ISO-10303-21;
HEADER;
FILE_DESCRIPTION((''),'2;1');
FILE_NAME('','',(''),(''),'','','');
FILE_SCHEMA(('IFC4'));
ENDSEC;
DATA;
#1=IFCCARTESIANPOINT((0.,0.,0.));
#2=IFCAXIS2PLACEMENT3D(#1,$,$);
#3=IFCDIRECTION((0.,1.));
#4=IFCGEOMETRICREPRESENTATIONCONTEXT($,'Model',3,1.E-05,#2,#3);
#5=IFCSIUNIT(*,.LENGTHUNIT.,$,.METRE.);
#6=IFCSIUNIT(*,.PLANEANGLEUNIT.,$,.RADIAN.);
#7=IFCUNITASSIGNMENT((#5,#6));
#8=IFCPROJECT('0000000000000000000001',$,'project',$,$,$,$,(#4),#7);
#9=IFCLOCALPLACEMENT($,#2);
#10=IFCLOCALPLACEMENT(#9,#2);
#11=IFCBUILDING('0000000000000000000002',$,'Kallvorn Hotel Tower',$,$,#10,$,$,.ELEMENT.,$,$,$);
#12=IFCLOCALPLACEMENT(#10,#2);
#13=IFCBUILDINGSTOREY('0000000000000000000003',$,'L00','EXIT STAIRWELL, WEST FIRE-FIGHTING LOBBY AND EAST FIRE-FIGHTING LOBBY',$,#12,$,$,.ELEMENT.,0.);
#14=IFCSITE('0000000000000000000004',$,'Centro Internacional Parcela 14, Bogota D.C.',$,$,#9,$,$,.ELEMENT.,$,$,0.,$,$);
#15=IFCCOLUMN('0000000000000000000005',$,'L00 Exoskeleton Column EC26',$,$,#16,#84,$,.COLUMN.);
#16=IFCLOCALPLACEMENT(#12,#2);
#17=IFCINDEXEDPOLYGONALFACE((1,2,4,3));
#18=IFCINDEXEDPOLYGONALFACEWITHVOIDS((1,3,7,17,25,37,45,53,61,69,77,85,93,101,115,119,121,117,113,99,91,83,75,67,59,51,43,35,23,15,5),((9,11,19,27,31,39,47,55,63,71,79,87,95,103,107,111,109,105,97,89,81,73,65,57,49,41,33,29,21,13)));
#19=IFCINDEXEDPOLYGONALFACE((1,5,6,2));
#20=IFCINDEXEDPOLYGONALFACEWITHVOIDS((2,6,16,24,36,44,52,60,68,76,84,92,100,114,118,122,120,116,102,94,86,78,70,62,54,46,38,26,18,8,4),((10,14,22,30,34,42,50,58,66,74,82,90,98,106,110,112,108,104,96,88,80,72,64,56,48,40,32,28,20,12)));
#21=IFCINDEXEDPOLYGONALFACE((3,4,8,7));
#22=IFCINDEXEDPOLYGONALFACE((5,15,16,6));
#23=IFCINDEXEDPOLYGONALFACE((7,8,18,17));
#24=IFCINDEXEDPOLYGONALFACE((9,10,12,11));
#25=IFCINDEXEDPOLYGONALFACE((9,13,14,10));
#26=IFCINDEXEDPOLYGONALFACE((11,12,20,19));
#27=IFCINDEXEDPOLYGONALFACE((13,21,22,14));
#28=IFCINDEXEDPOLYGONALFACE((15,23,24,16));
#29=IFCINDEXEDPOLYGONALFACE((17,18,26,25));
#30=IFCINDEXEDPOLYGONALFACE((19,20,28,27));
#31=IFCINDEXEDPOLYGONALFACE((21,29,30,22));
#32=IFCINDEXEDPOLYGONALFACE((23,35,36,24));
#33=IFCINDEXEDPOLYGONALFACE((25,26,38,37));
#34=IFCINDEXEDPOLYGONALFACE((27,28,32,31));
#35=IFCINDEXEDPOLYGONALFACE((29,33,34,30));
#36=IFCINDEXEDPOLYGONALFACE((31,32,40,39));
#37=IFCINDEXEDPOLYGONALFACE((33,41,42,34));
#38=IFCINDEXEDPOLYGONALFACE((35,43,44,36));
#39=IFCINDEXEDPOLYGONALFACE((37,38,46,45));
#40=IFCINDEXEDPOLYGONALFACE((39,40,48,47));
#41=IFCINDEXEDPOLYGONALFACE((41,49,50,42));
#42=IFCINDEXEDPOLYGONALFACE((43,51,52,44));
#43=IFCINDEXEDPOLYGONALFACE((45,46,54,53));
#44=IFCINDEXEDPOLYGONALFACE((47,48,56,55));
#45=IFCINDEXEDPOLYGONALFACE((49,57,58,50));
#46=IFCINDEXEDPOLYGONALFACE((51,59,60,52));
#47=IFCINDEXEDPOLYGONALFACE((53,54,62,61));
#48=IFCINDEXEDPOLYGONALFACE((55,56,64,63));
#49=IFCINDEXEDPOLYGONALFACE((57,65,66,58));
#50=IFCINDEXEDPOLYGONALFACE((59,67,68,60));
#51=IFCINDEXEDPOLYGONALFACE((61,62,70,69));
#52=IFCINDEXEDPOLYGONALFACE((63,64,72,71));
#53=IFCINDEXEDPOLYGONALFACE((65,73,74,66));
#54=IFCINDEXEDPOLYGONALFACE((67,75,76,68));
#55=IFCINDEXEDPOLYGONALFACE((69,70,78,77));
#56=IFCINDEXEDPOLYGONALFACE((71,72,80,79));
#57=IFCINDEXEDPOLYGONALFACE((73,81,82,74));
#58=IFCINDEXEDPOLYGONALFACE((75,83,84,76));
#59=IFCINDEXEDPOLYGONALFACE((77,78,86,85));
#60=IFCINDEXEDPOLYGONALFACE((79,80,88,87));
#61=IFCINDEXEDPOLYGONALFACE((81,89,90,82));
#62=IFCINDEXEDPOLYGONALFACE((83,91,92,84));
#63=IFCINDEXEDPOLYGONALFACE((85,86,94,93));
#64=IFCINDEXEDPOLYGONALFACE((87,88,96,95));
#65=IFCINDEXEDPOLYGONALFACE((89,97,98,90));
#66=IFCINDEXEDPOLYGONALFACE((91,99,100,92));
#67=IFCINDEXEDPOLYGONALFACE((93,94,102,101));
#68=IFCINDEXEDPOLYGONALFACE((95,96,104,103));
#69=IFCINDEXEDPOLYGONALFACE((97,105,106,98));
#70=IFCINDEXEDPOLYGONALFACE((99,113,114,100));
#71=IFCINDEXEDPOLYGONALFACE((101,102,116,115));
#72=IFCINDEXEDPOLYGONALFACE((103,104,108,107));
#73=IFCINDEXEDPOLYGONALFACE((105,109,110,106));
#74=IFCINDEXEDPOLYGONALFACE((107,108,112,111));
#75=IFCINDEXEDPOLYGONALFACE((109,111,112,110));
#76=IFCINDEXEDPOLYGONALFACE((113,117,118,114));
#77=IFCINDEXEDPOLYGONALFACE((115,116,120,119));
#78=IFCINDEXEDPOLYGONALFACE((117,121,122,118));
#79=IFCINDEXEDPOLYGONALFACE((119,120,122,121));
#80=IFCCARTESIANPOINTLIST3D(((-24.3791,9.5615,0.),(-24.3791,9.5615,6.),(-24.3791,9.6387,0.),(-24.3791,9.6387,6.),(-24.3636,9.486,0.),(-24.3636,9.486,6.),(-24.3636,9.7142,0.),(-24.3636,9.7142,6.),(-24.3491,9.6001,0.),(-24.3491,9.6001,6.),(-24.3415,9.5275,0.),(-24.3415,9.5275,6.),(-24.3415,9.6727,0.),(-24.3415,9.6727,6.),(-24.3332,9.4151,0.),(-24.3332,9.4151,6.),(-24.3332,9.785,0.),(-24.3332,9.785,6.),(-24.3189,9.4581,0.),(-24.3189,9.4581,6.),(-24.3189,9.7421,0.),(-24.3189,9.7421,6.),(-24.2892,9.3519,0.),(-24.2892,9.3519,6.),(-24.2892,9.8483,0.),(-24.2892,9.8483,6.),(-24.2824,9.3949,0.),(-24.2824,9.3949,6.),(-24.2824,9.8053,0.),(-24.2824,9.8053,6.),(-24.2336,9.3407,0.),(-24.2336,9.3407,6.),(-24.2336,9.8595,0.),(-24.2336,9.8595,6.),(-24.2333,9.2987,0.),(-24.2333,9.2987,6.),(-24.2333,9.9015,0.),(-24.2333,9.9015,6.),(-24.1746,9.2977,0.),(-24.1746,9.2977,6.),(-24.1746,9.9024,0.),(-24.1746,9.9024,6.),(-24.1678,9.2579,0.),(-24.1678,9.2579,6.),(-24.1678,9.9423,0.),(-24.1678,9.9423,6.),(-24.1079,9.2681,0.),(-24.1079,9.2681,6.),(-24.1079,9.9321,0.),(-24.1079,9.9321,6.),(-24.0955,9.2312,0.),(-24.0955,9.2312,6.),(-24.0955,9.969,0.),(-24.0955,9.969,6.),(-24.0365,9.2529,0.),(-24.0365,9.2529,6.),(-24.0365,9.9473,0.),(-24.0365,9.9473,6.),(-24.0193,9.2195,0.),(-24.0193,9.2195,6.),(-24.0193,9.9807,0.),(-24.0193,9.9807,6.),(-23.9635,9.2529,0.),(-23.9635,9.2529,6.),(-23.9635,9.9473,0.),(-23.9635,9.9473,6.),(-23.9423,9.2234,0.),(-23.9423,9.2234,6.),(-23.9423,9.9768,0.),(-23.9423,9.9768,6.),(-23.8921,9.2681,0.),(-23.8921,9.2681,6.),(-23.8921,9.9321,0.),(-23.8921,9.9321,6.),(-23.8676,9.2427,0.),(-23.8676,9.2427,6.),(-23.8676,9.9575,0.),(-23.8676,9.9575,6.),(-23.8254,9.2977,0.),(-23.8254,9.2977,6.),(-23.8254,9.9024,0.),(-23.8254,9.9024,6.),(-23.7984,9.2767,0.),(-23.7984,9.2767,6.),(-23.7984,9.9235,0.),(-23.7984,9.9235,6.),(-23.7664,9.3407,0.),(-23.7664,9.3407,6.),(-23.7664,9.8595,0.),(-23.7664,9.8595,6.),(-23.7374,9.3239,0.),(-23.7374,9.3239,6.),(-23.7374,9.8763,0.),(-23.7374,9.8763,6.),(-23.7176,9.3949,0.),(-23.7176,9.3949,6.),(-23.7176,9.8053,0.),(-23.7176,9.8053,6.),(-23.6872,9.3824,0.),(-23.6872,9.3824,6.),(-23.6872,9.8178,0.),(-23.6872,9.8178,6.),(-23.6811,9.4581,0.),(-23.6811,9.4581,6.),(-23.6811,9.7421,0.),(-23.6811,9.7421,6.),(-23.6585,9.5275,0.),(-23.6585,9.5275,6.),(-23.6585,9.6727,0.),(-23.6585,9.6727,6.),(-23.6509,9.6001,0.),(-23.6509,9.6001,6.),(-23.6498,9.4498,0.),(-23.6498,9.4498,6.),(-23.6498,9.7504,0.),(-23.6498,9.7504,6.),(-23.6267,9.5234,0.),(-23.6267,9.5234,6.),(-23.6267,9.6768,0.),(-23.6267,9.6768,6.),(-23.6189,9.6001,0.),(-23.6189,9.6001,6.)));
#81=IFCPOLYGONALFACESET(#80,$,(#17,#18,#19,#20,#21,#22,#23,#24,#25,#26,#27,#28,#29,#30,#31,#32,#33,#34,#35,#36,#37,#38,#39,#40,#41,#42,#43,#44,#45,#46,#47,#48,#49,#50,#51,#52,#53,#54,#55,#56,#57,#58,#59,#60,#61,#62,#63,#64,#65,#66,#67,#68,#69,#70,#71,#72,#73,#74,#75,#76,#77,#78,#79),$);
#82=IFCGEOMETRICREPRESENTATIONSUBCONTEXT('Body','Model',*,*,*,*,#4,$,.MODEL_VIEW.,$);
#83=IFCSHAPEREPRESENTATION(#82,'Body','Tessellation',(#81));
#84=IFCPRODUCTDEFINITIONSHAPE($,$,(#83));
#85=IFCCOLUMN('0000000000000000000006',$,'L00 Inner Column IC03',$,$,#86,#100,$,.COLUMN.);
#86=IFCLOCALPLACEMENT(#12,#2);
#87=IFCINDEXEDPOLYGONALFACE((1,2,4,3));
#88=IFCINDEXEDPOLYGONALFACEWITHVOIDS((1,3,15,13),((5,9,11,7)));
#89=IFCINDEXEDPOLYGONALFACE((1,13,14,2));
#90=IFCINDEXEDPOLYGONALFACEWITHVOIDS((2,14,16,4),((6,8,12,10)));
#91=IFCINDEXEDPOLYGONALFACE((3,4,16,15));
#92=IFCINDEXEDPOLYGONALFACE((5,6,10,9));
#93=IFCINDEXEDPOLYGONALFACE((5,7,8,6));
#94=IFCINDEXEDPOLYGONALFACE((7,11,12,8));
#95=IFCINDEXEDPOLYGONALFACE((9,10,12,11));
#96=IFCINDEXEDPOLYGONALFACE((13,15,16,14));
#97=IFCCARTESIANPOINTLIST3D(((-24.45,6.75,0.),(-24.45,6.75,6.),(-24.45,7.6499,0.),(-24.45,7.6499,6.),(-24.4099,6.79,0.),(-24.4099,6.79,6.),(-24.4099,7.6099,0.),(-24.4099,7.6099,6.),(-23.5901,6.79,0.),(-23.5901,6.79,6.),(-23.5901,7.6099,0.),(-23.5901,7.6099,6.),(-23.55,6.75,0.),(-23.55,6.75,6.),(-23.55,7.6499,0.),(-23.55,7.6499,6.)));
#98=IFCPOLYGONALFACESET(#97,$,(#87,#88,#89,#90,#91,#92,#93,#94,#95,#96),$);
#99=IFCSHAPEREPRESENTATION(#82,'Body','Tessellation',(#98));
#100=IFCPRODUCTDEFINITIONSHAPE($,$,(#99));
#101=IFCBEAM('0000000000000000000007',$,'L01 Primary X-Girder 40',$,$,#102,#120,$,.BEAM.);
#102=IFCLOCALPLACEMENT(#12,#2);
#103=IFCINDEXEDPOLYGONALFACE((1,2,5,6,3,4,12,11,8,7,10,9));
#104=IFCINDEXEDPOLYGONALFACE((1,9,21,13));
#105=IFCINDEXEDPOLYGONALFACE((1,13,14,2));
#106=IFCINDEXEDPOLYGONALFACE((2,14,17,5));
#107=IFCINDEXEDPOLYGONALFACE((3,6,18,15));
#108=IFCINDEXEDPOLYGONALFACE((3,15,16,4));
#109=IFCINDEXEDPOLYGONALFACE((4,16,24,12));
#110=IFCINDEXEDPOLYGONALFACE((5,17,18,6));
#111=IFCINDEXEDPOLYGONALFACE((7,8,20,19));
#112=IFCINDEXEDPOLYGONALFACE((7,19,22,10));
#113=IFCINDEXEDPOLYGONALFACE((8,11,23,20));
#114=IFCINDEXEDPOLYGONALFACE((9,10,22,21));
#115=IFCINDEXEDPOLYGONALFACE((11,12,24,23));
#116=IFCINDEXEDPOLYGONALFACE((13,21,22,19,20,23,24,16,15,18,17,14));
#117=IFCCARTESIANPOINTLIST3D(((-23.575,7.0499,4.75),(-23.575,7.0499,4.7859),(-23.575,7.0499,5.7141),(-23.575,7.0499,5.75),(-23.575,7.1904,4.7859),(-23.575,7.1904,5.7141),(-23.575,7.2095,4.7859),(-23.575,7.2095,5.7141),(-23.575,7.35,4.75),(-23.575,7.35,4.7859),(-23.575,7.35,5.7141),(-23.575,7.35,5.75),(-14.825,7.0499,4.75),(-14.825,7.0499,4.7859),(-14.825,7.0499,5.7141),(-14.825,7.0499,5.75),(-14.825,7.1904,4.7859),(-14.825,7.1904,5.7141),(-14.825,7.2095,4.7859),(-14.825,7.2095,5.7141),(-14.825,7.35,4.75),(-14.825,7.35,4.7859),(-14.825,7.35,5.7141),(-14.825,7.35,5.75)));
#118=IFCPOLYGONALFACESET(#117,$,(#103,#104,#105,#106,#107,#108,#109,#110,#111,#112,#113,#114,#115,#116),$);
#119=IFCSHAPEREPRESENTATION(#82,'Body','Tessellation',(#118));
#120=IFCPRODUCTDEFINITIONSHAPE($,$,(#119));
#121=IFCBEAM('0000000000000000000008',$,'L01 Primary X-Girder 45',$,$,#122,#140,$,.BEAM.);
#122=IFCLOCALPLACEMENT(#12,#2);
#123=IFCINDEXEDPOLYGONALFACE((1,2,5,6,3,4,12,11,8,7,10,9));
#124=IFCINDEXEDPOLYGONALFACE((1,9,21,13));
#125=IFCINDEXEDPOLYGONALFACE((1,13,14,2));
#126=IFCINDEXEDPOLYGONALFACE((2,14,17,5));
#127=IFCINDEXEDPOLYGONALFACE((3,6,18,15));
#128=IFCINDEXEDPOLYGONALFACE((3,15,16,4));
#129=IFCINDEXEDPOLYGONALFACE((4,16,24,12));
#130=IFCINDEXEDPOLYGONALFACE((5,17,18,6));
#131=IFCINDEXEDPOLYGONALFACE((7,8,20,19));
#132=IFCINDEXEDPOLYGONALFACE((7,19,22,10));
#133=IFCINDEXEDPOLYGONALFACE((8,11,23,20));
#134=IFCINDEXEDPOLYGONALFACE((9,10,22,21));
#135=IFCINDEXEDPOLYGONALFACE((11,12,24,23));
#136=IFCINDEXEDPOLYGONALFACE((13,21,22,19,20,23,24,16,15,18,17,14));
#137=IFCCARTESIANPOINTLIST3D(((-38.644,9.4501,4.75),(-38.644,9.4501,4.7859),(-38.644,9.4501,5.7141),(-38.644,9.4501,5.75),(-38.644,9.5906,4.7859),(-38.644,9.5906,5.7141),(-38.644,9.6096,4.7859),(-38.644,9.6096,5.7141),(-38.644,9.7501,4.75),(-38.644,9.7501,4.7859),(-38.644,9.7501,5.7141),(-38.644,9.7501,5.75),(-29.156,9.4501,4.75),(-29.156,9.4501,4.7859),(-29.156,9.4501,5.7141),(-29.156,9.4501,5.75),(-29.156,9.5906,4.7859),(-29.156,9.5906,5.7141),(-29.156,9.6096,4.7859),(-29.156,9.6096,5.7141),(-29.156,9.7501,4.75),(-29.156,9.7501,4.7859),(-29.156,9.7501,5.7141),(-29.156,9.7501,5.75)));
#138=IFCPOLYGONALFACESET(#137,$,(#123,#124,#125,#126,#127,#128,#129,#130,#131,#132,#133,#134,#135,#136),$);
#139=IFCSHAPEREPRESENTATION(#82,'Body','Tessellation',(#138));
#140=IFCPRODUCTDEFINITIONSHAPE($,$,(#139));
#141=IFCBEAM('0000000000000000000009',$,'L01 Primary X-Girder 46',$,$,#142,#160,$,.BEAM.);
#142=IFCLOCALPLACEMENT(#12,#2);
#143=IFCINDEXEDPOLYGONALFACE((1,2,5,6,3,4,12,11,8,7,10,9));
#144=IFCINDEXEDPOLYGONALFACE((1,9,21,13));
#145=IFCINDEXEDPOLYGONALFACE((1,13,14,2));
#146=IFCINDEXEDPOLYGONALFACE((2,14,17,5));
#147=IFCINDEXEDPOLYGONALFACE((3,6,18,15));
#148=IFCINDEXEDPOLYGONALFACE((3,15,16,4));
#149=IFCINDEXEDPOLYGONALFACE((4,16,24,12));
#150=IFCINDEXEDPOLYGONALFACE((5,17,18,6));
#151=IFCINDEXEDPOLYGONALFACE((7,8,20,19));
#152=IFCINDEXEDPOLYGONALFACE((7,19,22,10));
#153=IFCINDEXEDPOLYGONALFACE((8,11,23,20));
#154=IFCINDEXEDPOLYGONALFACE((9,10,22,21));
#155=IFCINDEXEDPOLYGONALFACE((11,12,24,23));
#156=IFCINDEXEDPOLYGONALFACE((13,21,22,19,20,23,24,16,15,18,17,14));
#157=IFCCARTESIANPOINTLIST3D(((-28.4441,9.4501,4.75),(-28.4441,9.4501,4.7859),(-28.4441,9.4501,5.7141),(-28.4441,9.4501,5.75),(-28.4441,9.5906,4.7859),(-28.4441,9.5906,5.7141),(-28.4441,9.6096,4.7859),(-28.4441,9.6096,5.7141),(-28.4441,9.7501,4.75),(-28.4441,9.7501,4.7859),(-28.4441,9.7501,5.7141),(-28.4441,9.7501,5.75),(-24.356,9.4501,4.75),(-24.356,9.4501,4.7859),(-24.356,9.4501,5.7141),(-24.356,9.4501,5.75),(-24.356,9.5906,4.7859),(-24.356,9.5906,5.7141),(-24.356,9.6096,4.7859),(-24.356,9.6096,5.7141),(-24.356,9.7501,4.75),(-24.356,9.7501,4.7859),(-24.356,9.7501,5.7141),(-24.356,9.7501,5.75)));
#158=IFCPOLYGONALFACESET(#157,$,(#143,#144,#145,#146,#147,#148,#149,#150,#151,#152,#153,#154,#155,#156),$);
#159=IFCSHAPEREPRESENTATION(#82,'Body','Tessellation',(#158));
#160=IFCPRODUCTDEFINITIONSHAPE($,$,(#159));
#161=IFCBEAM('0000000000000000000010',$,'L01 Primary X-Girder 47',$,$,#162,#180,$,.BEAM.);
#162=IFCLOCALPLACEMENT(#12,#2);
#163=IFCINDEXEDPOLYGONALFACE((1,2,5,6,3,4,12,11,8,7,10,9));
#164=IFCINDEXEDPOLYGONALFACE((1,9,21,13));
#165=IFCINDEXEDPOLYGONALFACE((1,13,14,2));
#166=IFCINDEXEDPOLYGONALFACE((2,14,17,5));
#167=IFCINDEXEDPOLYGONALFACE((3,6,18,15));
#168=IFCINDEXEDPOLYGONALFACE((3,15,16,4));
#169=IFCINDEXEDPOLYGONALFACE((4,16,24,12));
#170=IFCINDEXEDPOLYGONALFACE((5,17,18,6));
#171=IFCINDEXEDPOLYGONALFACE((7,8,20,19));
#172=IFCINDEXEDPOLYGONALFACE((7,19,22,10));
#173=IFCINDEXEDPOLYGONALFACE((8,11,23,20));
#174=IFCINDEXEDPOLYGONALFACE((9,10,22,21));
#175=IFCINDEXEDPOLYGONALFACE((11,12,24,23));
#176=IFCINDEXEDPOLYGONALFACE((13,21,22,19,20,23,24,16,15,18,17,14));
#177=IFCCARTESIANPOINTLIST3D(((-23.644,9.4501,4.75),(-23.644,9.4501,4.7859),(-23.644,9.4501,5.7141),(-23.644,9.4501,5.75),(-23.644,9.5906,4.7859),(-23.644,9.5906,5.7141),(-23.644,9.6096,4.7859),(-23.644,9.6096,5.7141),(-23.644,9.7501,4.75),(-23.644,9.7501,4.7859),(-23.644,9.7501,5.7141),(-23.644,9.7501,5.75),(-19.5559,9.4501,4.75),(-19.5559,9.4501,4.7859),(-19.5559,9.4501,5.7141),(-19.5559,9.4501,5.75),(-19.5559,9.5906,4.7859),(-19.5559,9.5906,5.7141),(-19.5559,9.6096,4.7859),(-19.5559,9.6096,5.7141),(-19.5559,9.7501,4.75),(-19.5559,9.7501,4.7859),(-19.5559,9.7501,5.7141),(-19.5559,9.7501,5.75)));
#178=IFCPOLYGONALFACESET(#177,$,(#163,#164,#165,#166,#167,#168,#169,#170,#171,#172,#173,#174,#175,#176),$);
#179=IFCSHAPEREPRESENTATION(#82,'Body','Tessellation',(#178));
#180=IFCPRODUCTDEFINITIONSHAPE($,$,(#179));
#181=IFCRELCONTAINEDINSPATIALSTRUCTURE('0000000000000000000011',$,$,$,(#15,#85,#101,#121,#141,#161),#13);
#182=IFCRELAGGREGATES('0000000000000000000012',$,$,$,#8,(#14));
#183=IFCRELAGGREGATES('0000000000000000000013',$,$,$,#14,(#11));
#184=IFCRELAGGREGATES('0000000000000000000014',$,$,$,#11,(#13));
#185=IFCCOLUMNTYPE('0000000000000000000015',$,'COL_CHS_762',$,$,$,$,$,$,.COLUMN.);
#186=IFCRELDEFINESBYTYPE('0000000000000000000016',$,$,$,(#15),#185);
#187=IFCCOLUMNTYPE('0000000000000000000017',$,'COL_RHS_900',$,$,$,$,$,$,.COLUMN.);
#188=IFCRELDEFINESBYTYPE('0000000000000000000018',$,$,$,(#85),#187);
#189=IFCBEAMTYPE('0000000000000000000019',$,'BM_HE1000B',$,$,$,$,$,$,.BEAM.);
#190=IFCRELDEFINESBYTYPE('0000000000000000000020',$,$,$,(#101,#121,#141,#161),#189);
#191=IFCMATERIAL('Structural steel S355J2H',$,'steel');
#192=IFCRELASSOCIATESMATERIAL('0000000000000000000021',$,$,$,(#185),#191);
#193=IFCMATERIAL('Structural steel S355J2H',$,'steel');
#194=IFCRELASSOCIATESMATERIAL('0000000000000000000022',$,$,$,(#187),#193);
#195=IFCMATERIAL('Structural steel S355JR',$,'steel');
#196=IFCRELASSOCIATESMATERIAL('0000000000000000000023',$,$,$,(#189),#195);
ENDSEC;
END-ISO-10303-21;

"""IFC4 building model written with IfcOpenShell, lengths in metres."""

from ifc_helpers import new_model, si_unit, direction, frame, origin, origin_2d, place, context, subcontext, project, spatial, hollow_rectangle, hollow_circle, i_section, extrude, material, material_profile, profile_set, type_object, element, save


model = new_model("IFC4")

# Units and contexts
model_context = context("Model", 3, precision=1e-05, world=origin(), true_north=direction((0.0, 1.0)))
body_context = subcontext(model_context, "Body", "Model", "MODEL_VIEW")
ifc_project = project(units=[si_unit("LENGTHUNIT", "METRE"), si_unit("PLANEANGLEUNIT", "RADIAN")], contexts=[model_context])

# Site, building, storey
site_placement = place(None, origin())
site = spatial("IfcSite", under=ifc_project, at=site_placement, Name="Centro Internacional Parcela 14, Bogota D.C.", CompositionType="ELEMENT", RefElevation=0.0)
building_placement = place(site_placement, origin())
building = spatial("IfcBuilding", under=site, at=building_placement, Name="Kallvorn Hotel Tower", CompositionType="ELEMENT")
storey_placement = place(building_placement, origin())
storey = spatial("IfcBuildingStorey", under=building, at=storey_placement, Name="L00", Description="EXIT STAIRWELL, WEST FIRE-FIGHTING LOBBY AND EAST FIRE-FIGHTING LOBBY", CompositionType="ELEMENT", Elevation=0.0)

# Columns
ifc_material_1 = material(Name="Structural steel S355J2H", Category="steel")
ifc_material_profile_1 = material_profile(ifc_material_1, hollow_circle(Radius=0.3811, WallThickness=0.032, at=origin_2d()), Name="CHS 762x32")
ifc_profile_set_1 = profile_set([ifc_material_profile_1], Name="Structural steel S355J2H")
column_type_1 = type_object("IfcColumnType", Name="COL_CHS_762", PredefinedType="COLUMN", material=ifc_profile_set_1)
for number, where, z_axis, x_axis, name in (
    (1, (-24.0, 9.6001, 0.0), (0.0, 0.0, 1.0), (1.0, 0.0, 0.0), "L00 Exoskeleton Column EC26"),
):
    element("IfcColumn", number, at=place(storey_placement, frame(where, z_axis=z_axis, x_axis=x_axis)), inside=storey, type_object=column_type_1, Name=name, PredefinedType="COLUMN", context=body_context, shape_type="SweptSolid", body=[
        extrude(hollow_circle(Radius=0.3811, WallThickness=0.032, at=origin_2d()), origin(), (0.0, 0.0, 1.0), 6.0),
    ])
ifc_material_2 = material(Name="Structural steel S355J2H", Category="steel")
ifc_material_profile_2 = material_profile(ifc_material_2, hollow_rectangle(XDim=0.8999, YDim=0.8999, WallThickness=0.04, at=origin_2d()), Name="RHS 900x900x40")
ifc_profile_set_2 = profile_set([ifc_material_profile_2], Name="Structural steel S355J2H")
column_type_2 = type_object("IfcColumnType", Name="COL_RHS_900", PredefinedType="COLUMN", material=ifc_profile_set_2)
column_placement = place(storey_placement, frame((-24.0, 7.2, 0.0), z_axis=(0.0, 0.0, 1.0), x_axis=(1.0, 0.0, 0.0)))
element("IfcColumn", 2, at=column_placement, inside=storey, type_object=column_type_2, Name="L00 Inner Column IC03", PredefinedType="COLUMN", context=body_context, shape_type="SweptSolid", body=[
    extrude(hollow_rectangle(XDim=0.8999, YDim=0.8999, WallThickness=0.04, at=origin_2d()), origin(), (0.0, 0.0, 1.0), 6.0),
])

# Beams
ifc_material_3 = material(Name="Structural steel S355JR", Category="steel")
ifc_material_profile_3 = material_profile(ifc_material_3, i_section(OverallWidth=0.3, OverallDepth=1.0, WebThickness=0.019, FlangeThickness=0.0359, at=origin_2d()), Name="HE 1000 B")
ifc_profile_set_3 = profile_set([ifc_material_profile_3], Name="Structural steel S355JR")
beam_type_1 = type_object("IfcBeamType", Name="BM_HE1000B", PredefinedType="BEAM", material=ifc_profile_set_3)
beam_1_placement = place(storey_placement, frame((-23.575, 7.2, 5.25), z_axis=(1.0, 0.0, 0.0), x_axis=(0.0, 1.0, 0.0)))
element("IfcBeam", 3, at=beam_1_placement, inside=storey, type_object=beam_type_1, Name="L01 Primary X-Girder 40", PredefinedType="BEAM", context=body_context, shape_type="SweptSolid", body=[
    extrude(i_section(OverallWidth=0.3, OverallDepth=1.0, WebThickness=0.019, FlangeThickness=0.0359, at=origin_2d()), origin(), (0.0, 0.0, 1.0), 8.75),
])
beam_2_placement = place(storey_placement, frame((-38.644, 9.6001, 5.25), z_axis=(1.0, 0.0, 0.0), x_axis=(0.0, 1.0, 0.0)))
element("IfcBeam", 4, at=beam_2_placement, inside=storey, type_object=beam_type_1, Name="L01 Primary X-Girder 45", PredefinedType="BEAM", context=body_context, shape_type="SweptSolid", body=[
    extrude(i_section(OverallWidth=0.3, OverallDepth=1.0, WebThickness=0.019, FlangeThickness=0.0359, at=origin_2d()), origin(), (0.0, 0.0, 1.0), 9.488),
])
for number, where, z_axis, x_axis, name in (
    (5, (-28.4441, 9.6001, 5.25), (1.0, 0.0, 0.0), (0.0, 1.0, 0.0), "L01 Primary X-Girder 46"),
    (6, (-23.644, 9.6001, 5.25), (1.0, 0.0, 0.0), (0.0, 1.0, 0.0), "L01 Primary X-Girder 47"),
):
    element("IfcBeam", number, at=place(storey_placement, frame(where, z_axis=z_axis, x_axis=x_axis)), inside=storey, type_object=beam_type_1, Name=name, PredefinedType="BEAM", context=body_context, shape_type="SweptSolid", body=[
        extrude(i_section(OverallWidth=0.3, OverallDepth=1.0, WebThickness=0.019, FlangeThickness=0.0359, at=origin_2d()), origin(), (0.0, 0.0, 1.0), 4.0881),
    ])

save(model, "model.ifc")
